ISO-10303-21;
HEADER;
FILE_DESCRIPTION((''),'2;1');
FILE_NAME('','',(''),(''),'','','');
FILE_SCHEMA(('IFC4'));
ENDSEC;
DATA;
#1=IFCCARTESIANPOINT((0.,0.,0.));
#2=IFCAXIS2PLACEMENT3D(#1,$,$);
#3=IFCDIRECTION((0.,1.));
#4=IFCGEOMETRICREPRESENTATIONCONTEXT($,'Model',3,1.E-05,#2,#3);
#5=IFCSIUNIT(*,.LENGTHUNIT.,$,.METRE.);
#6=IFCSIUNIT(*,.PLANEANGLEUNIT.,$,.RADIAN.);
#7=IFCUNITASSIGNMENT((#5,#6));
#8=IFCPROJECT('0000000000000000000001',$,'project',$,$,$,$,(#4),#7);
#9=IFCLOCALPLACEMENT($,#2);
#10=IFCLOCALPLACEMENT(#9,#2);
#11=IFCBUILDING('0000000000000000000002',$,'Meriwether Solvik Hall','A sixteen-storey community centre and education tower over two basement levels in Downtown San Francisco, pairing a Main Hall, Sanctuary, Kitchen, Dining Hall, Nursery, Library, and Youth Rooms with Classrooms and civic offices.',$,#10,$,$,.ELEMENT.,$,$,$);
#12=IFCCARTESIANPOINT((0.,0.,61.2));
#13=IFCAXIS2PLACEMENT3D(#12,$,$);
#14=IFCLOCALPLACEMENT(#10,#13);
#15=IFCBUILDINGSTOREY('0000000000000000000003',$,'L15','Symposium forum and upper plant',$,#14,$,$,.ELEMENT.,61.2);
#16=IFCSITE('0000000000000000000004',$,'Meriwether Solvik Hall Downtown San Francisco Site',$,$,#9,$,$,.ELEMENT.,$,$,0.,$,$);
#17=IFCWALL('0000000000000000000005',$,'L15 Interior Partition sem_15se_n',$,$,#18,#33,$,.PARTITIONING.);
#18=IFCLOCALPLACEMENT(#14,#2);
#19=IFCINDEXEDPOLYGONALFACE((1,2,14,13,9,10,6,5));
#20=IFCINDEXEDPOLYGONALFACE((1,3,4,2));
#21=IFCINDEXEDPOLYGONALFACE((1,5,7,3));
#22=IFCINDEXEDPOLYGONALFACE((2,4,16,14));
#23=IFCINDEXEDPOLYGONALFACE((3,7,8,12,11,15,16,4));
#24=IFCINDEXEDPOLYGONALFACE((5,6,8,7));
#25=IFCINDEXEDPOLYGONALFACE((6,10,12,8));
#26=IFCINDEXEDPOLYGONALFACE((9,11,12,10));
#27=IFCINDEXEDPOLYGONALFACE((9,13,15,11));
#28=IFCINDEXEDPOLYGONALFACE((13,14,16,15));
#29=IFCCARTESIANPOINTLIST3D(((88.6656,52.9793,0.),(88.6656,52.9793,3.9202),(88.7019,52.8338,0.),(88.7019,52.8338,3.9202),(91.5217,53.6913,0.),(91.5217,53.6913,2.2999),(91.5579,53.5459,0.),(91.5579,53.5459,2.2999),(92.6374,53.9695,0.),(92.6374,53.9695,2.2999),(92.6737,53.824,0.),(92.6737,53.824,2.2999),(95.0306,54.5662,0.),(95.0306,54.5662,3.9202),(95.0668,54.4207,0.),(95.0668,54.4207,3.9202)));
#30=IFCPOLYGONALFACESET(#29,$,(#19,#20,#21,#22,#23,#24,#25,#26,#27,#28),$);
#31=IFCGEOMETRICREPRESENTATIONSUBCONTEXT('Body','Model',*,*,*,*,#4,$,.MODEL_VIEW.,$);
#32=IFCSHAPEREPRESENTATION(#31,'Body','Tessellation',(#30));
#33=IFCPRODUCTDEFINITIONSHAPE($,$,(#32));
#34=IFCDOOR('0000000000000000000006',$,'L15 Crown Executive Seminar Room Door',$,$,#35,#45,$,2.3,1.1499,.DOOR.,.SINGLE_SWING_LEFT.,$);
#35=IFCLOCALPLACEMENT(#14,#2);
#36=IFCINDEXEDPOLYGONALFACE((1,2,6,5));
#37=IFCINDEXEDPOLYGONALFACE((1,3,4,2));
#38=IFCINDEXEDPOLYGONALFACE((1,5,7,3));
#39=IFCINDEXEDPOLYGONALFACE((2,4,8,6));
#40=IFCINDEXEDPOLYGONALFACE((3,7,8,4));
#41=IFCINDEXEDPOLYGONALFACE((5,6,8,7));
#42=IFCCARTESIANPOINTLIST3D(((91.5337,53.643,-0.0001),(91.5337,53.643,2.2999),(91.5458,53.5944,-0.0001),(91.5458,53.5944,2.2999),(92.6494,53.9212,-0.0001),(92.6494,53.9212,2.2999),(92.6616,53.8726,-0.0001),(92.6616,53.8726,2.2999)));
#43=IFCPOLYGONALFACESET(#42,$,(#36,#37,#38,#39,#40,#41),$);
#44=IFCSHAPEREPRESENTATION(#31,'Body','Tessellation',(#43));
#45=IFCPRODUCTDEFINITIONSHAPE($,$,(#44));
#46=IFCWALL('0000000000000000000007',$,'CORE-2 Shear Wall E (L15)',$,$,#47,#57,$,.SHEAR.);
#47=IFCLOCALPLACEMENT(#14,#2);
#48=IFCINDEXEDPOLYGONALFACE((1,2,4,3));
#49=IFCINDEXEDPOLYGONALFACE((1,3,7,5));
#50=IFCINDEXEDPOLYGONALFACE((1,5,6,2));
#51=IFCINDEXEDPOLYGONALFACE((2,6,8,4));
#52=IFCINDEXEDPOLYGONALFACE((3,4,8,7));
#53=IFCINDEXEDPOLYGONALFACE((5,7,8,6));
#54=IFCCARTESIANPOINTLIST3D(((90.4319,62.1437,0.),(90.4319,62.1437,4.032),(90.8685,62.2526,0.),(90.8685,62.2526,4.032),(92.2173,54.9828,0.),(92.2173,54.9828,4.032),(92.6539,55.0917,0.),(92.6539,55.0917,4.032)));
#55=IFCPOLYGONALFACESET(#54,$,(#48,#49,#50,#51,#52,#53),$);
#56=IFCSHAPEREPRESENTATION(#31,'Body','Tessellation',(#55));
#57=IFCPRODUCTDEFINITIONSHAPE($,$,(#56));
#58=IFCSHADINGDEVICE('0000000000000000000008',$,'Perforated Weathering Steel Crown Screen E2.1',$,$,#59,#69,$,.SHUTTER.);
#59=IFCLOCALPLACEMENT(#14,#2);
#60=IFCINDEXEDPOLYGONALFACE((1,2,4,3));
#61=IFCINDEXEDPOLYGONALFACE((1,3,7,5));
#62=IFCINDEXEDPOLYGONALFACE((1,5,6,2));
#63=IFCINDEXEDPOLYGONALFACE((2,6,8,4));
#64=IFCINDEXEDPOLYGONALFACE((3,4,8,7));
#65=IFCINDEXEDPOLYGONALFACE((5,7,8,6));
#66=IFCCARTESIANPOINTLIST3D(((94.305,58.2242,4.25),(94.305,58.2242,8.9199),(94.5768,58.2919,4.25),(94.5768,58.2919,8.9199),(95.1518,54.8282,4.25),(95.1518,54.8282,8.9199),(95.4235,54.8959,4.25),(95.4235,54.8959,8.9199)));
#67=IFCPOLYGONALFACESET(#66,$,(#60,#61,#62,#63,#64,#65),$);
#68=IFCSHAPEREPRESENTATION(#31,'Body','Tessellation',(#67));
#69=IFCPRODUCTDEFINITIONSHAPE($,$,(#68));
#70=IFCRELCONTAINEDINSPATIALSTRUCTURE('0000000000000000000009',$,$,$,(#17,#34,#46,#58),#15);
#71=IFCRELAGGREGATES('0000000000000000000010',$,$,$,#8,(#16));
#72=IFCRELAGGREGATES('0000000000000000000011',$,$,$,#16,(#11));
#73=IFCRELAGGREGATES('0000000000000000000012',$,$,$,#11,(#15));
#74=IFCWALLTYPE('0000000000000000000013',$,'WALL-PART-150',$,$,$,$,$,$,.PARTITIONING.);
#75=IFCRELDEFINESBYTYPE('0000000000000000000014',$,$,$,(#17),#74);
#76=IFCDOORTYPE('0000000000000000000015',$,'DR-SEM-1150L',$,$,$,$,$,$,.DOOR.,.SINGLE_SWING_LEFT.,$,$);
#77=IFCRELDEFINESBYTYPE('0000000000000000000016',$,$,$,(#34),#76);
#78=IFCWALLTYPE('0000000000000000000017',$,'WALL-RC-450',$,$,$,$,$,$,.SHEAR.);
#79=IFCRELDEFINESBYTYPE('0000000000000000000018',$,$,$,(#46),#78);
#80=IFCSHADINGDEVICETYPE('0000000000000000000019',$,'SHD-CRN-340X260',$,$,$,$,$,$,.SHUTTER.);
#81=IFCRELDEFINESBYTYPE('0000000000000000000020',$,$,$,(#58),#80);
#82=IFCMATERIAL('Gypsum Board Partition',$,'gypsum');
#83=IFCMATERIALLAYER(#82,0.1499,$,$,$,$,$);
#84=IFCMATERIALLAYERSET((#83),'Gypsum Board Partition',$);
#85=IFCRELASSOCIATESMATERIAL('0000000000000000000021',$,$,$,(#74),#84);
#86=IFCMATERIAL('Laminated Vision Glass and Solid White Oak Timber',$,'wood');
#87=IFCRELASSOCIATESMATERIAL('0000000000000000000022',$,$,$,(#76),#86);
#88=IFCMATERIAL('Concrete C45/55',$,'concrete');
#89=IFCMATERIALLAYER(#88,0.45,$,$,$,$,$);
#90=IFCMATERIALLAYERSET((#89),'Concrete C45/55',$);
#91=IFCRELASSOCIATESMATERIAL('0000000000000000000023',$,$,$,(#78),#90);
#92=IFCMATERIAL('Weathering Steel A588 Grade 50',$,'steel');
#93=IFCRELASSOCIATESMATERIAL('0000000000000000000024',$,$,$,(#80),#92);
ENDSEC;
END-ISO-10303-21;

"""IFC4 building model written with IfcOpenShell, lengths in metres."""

from ifc_helpers import new_model, si_unit, direction, frame, frame_2d, origin, origin_2d, place, context, subcontext, project, spatial, rectangle, extrude, material, layer, layer_set, type_object, element, fill, save


model = new_model("IFC4")

# Units and contexts
model_context = context("Model", 3, precision=1e-05, world=origin(), true_north=direction((0.0, 1.0)))
body_context = subcontext(model_context, "Body", "Model", "MODEL_VIEW")
ifc_project = project(units=[si_unit("LENGTHUNIT", "METRE"), si_unit("PLANEANGLEUNIT", "RADIAN")], contexts=[model_context])

# Site, building, storey
site_placement = place(None, origin())
site = spatial("IfcSite", under=ifc_project, at=site_placement, Name="Meriwether Solvik Hall Downtown San Francisco Site", CompositionType="ELEMENT", RefElevation=0.0)
building_placement = place(site_placement, origin())
building = spatial("IfcBuilding", under=site, at=building_placement, Name="Meriwether Solvik Hall", Description="A sixteen-storey community centre and education tower over two basement levels in Downtown San Francisco, pairing a Main Hall, Sanctuary, Kitchen, Dining Hall, Nursery, Library, and Youth Rooms with Classrooms and civic offices.", CompositionType="ELEMENT")
storey_placement = place(building_placement, frame((0.0, 0.0, 61.2)))
storey = spatial("IfcBuildingStorey", under=building, at=storey_placement, Name="L15", Description="Symposium forum and upper plant", CompositionType="ELEMENT", Elevation=61.2)

# Wall, opening, door
ifc_material_1 = material(Name="Gypsum Board Partition", Category="gypsum")
ifc_layer_1 = layer(ifc_material_1, 0.1499)
ifc_layer_set_1 = layer_set([ifc_layer_1], Name="Gypsum Board Partition")
wall_type_1 = type_object("IfcWallType", Name="WALL-PART-150", PredefinedType="PARTITIONING", material=ifc_layer_set_1)
wall_1_placement = place(storey_placement, frame((95.0486, 54.4934, 0.0), z_axis=(0.0, 0.0, 1.0), x_axis=(-0.970298, -0.241914, 0.0)))
wall_1 = element("IfcWall", 1, at=wall_1_placement, inside=storey, type_object=wall_type_1, Name="L15 Interior Partition sem_15se_n", PredefinedType="PARTITIONING", context=body_context, shape_type="SweptSolid", body=[
    extrude(rectangle(XDim=6.5598, YDim=0.1499, at=frame_2d((3.2798, 0.0))), origin(), (0.0, 0.0, 1.0), 3.9202),
])
opening_placement = place(wall_1_placement, frame((2.4663, 0.0, 0.0)))
opening = element("IfcOpeningElement", 2, at=opening_placement, cuts=wall_1, PredefinedType="OPENING", context=body_context, shape_type="SweptSolid", body=[
    extrude(rectangle(XDim=1.1499, YDim=2.3, at=frame_2d((0.575, 1.1499))), frame((0.0, 0.0869, 0.0), z_axis=(0.0, -1.0, 0.0), x_axis=(1.0, 0.0, 0.0)), (0.0, 0.0, 1.0), 0.1738),
])
ifc_material_2 = material(Name="Laminated Vision Glass and Solid White Oak Timber", Category="wood")
door_type = type_object("IfcDoorType", Name="DR-SEM-1150L", OperationType="SINGLE_SWING_LEFT", PredefinedType="DOOR", material=ifc_material_2)
door_placement = place(opening_placement, origin())
door = element("IfcDoor", 3, at=door_placement, inside=storey, type_object=door_type, Name="L15 Crown Executive Seminar Room Door", OperationType="SINGLE_SWING_LEFT", OverallHeight=2.3, OverallWidth=1.1499, PredefinedType="DOOR", context=body_context, shape_type="SweptSolid", body=[
    extrude(rectangle(XDim=1.1499, YDim=2.3, at=frame_2d((0.575, 1.1499))), frame((0.0, 0.0249, 0.0), z_axis=(0.0, -1.0, 0.0), x_axis=(1.0, 0.0, 0.0)), (0.0, 0.0, 1.0), 0.05),
])
fill(opening, door)

# Wall
ifc_material_3 = material(Name="Concrete C45/55", Category="concrete")
ifc_layer_2 = layer(ifc_material_3, 0.45)
ifc_layer_set_2 = layer_set([ifc_layer_2], Name="Concrete C45/55")
wall_type_2 = type_object("IfcWallType", Name="WALL-RC-450", PredefinedType="SHEAR", material=ifc_layer_set_2)
wall_2_placement = place(storey_placement, frame((92.4355, 55.0374, 0.0), z_axis=(0.0, 0.0, 1.0), x_axis=(-0.241921, 0.970296, 0.0)))
element("IfcWall", 4, at=wall_2_placement, inside=storey, type_object=wall_type_2, Name="CORE-2 Shear Wall E (L15)", PredefinedType="SHEAR", context=body_context, shape_type="SweptSolid", body=[
    extrude(rectangle(XDim=7.3801, YDim=0.45, at=frame_2d((3.6899, 0.0))), origin(), (0.0, 0.0, 1.0), 4.032),
])

# Shading device
ifc_material_4 = material(Name="Weathering Steel A588 Grade 50", Category="steel")
shading_device_type = type_object("IfcShadingDeviceType", Name="SHD-CRN-340X260", PredefinedType="SHUTTER", material=ifc_material_4)
shading_device_placement = place(storey_placement, frame((94.8643, 56.5601, 4.25), z_axis=(0.0, 0.0, 1.0), x_axis=(-0.241922, 0.970296, 0.0)))
element("IfcShadingDevice", 5, at=shading_device_placement, inside=storey, type_object=shading_device_type, Name="Perforated Weathering Steel Crown Screen E2.1", PredefinedType="SHUTTER", context=body_context, shape_type="SweptSolid", body=[
    extrude(rectangle(XDim=3.5, YDim=0.28, at=origin_2d()), origin(), (0.0, 0.0, 1.0), 4.6699),
])

save(model, "model.ifc")
